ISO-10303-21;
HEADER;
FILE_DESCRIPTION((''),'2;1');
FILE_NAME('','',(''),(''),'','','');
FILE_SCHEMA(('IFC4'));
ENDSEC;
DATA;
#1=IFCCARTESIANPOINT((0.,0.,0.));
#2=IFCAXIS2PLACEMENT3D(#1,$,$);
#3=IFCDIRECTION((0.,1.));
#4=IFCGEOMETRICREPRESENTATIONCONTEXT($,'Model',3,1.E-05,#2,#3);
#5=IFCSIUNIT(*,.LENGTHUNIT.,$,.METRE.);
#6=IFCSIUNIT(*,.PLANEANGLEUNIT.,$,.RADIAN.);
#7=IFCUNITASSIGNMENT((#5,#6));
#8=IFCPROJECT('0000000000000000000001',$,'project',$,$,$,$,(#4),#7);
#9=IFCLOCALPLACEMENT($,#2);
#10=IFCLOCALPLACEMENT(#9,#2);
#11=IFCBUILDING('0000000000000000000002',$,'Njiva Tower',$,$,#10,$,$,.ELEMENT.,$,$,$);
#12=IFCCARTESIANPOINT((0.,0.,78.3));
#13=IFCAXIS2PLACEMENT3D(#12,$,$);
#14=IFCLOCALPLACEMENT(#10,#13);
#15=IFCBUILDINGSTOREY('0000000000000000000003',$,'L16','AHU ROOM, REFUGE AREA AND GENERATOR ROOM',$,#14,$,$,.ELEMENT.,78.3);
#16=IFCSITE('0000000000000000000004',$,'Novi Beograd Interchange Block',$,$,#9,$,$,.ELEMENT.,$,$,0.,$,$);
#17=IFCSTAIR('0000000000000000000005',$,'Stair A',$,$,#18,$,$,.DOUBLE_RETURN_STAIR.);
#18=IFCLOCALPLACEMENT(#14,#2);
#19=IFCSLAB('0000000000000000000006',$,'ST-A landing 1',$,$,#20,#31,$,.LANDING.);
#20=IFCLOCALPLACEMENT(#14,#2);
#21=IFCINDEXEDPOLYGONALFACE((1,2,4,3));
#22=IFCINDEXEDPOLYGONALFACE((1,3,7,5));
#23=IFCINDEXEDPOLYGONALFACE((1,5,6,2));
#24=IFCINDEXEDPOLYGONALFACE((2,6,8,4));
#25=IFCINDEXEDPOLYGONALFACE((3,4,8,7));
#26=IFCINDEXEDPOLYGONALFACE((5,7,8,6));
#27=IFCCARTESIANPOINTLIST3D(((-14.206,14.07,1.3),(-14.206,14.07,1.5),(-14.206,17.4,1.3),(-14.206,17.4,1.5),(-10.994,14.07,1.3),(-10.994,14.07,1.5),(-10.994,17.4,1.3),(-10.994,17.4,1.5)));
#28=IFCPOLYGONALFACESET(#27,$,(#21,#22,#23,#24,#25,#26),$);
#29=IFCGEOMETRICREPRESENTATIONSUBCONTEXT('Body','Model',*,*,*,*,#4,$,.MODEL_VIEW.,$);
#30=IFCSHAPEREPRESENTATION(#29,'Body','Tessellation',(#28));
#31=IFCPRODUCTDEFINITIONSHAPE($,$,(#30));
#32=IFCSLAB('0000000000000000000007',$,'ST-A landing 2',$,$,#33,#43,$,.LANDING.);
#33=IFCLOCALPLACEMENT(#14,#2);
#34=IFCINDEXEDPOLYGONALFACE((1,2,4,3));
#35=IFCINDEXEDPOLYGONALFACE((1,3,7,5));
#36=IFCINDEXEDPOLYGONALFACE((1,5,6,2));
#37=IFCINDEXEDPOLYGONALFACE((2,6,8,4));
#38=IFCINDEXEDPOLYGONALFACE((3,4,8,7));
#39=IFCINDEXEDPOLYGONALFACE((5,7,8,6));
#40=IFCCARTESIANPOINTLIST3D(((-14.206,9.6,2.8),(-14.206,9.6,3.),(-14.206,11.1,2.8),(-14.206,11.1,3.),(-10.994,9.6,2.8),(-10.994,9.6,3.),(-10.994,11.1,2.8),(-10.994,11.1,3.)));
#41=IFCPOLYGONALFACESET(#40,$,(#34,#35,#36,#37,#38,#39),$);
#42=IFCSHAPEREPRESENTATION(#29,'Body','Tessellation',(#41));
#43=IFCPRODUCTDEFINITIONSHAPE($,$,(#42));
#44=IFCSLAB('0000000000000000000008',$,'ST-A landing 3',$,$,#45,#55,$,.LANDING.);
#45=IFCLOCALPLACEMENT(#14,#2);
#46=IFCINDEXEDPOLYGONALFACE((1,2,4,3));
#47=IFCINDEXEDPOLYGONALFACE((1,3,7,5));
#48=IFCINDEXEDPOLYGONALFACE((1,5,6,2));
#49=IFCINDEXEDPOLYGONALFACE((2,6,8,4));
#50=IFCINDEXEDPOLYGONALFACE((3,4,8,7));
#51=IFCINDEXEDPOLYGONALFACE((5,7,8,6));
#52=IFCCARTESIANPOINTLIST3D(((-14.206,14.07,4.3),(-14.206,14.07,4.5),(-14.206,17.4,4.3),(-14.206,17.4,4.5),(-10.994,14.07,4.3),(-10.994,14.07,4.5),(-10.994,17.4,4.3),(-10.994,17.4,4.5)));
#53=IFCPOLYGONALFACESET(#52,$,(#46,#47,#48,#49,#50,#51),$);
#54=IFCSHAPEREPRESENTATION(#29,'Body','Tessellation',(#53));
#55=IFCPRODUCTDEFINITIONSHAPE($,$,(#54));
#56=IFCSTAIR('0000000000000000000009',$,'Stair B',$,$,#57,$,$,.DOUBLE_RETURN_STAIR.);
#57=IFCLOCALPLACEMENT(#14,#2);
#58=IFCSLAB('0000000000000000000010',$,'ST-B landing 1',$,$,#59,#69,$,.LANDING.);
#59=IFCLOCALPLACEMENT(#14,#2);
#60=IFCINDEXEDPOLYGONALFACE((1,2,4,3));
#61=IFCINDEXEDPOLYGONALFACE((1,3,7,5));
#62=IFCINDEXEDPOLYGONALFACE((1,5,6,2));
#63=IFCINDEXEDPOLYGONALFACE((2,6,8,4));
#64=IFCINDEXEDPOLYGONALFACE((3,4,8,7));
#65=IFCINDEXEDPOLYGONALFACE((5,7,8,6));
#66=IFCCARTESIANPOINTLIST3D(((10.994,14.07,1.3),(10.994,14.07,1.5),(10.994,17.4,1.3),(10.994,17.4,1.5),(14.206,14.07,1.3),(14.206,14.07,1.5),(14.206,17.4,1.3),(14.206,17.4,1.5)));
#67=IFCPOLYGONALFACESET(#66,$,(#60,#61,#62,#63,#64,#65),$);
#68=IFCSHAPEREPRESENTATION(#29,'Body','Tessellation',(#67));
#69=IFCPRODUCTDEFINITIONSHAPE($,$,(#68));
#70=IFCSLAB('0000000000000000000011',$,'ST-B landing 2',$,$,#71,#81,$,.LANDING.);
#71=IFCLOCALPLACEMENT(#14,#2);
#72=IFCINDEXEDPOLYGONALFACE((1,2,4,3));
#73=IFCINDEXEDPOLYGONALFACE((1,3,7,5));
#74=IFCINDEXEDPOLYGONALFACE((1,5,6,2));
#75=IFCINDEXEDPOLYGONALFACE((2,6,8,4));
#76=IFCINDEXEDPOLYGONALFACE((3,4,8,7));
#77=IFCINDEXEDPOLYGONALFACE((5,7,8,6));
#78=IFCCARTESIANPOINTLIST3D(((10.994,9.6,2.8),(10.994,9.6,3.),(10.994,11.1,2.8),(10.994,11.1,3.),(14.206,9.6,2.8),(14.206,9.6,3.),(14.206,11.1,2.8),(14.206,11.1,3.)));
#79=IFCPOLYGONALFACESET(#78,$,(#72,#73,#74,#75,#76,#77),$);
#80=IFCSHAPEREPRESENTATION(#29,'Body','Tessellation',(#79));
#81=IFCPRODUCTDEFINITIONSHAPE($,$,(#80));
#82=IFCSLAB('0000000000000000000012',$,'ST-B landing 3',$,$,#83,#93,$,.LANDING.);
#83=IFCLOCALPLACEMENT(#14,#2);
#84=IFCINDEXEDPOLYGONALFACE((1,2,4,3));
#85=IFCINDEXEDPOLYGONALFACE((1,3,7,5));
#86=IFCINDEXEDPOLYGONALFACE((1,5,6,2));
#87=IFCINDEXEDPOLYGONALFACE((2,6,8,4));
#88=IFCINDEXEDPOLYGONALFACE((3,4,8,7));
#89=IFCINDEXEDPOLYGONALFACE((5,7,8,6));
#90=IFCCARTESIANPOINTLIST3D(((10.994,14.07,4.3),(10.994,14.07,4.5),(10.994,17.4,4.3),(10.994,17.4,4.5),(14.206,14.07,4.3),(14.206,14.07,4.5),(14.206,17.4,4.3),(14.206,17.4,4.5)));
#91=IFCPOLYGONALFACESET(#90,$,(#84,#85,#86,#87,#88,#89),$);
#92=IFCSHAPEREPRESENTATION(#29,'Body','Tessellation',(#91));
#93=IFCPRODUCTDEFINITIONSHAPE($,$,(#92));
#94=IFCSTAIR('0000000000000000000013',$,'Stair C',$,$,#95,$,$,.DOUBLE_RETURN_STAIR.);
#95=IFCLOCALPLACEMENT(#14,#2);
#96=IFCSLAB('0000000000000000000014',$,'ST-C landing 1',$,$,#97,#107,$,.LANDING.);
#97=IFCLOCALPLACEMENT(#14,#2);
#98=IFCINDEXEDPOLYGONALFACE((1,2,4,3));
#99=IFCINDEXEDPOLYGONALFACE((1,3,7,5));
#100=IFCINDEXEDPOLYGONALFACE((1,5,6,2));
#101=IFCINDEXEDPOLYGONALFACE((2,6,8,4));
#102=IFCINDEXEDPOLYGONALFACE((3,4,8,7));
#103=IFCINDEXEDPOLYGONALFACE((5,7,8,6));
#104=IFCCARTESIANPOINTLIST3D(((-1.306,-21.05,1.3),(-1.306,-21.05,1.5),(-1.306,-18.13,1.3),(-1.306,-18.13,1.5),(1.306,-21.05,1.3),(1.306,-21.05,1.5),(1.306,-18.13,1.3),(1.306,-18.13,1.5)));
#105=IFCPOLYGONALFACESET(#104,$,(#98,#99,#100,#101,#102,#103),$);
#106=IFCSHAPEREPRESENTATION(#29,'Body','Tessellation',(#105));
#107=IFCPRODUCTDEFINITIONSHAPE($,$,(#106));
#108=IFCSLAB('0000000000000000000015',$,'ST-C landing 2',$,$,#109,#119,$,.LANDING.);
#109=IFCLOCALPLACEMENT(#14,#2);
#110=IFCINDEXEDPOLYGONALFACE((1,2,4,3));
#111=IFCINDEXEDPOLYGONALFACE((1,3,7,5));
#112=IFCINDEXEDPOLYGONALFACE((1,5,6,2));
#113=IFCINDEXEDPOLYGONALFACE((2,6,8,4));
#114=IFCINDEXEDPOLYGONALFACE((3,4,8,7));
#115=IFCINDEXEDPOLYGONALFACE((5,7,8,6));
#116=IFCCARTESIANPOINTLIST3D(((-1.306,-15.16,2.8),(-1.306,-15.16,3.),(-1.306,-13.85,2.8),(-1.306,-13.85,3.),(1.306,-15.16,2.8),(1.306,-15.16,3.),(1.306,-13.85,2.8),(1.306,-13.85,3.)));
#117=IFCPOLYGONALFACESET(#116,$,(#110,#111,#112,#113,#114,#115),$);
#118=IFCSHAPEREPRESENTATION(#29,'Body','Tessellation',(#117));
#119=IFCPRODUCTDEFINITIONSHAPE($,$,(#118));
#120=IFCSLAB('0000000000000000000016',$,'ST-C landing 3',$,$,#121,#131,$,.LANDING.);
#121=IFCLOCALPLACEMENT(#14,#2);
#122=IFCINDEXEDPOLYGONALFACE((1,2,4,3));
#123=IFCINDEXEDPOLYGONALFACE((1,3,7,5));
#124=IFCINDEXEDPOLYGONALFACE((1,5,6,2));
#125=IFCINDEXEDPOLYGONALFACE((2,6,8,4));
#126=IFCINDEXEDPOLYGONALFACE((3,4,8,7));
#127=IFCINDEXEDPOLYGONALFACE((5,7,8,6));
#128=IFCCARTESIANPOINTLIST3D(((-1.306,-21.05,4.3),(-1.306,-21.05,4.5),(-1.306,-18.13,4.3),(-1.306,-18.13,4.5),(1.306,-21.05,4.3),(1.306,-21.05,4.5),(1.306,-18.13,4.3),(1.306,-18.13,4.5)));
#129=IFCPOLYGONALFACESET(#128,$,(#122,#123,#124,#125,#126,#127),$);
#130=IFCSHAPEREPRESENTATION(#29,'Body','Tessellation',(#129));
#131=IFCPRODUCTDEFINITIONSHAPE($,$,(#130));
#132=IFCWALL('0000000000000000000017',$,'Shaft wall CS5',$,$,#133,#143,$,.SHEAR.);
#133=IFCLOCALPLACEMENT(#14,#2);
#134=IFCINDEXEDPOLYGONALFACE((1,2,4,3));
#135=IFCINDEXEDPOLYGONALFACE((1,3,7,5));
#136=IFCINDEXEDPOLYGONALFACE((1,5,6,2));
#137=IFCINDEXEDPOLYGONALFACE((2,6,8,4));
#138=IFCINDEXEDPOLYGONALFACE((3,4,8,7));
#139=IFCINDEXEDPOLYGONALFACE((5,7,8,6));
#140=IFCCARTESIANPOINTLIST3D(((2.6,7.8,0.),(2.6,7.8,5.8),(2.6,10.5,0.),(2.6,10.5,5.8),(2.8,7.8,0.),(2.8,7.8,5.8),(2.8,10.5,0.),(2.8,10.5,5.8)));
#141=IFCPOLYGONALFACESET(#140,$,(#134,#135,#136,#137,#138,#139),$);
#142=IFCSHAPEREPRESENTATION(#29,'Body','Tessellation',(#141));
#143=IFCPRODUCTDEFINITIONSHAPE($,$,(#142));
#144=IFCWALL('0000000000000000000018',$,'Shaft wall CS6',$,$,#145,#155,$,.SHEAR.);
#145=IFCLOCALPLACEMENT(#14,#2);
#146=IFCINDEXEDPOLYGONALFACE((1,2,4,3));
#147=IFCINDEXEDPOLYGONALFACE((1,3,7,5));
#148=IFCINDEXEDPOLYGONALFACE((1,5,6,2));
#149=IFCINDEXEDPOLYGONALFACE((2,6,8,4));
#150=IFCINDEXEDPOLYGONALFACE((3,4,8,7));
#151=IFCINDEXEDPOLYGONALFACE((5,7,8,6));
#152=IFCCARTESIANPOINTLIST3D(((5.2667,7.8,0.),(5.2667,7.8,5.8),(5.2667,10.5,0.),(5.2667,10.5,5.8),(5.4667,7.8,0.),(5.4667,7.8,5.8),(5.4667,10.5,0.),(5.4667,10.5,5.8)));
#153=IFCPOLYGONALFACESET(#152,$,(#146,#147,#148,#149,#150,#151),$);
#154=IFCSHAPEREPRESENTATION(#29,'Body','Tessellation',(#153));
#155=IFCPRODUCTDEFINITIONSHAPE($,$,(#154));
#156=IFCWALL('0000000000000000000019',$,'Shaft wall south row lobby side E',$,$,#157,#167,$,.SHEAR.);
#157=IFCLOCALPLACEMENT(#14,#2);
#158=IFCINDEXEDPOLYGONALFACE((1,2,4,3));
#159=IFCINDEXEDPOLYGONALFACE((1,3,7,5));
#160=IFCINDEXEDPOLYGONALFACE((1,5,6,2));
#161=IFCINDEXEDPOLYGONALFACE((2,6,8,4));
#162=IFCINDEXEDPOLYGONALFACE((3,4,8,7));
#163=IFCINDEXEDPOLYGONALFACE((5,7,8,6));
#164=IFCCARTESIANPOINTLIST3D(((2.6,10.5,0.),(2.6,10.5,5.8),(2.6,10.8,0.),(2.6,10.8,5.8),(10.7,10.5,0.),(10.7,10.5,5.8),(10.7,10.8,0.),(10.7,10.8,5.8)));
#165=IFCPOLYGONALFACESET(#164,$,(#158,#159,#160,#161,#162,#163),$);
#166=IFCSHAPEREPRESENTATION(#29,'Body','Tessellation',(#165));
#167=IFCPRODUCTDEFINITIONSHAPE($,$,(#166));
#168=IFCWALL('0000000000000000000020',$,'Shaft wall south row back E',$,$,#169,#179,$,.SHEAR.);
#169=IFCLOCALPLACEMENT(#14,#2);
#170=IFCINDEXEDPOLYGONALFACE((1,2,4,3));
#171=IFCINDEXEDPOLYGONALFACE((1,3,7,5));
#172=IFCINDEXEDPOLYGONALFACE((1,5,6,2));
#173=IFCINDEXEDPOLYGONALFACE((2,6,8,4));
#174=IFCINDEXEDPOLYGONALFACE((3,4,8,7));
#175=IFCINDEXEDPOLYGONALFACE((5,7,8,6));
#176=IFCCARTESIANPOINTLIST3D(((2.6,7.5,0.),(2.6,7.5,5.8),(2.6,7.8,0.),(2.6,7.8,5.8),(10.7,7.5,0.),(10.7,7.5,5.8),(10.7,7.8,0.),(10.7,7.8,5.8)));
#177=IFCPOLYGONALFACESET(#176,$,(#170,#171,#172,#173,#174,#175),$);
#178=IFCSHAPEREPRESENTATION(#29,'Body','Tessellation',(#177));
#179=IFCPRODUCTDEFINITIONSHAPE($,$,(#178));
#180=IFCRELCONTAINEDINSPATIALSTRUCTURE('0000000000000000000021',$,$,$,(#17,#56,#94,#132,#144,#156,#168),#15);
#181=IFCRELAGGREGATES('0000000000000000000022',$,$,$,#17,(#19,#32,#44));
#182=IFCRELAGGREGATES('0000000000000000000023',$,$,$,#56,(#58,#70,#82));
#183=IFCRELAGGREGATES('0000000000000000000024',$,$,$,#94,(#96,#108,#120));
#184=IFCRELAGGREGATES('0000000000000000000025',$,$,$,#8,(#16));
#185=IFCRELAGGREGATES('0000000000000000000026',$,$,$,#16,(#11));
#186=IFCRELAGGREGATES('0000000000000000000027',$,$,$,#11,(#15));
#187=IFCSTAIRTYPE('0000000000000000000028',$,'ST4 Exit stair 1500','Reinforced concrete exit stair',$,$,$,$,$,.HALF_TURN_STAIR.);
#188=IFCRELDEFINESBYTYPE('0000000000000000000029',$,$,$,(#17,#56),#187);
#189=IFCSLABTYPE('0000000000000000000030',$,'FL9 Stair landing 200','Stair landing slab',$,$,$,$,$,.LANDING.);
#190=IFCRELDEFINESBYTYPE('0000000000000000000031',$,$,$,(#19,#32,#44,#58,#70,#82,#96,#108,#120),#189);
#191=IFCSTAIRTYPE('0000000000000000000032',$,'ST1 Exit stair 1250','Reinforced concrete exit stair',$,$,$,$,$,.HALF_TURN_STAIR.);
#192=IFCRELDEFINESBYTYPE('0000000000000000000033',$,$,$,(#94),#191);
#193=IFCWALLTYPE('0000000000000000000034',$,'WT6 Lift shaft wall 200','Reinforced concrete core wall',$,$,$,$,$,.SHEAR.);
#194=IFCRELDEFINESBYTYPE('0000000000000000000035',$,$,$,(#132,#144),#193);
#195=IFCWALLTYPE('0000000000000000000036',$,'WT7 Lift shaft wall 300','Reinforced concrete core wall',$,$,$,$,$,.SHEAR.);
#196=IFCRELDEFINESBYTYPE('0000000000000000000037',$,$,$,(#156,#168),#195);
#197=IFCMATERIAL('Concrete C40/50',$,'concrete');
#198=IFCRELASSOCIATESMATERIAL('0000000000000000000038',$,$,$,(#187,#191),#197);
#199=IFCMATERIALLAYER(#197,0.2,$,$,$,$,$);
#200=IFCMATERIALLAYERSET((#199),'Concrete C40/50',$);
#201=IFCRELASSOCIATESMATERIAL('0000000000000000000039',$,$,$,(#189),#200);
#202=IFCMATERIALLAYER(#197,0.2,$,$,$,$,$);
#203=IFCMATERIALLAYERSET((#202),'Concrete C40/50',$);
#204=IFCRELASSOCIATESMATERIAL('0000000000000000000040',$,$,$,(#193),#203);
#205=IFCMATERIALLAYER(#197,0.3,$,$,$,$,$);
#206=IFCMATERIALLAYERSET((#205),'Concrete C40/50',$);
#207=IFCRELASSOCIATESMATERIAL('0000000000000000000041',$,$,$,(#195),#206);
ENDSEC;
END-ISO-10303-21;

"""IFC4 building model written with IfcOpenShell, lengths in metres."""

from ifc_helpers import new_model, si_unit, direction, frame, frame_2d, origin, place, context, subcontext, project, spatial, polyline, rectangle, outline, extrude, material, layer, layer_set, type_object, element, aggregate, save


model = new_model("IFC4")

# Units and contexts
model_context = context("Model", 3, precision=1e-05, world=origin(), true_north=direction((0.0, 1.0)))
body_context = subcontext(model_context, "Body", "Model", "MODEL_VIEW")
ifc_project = project(units=[si_unit("LENGTHUNIT", "METRE"), si_unit("PLANEANGLEUNIT", "RADIAN")], contexts=[model_context])

# Site, building, storey
site_placement = place(None, origin())
site = spatial("IfcSite", under=ifc_project, at=site_placement, Name="Novi Beograd Interchange Block", CompositionType="ELEMENT", RefElevation=0.0)
building_placement = place(site_placement, origin())
building = spatial("IfcBuilding", under=site, at=building_placement, Name="Njiva Tower", CompositionType="ELEMENT")
storey_placement = place(building_placement, frame((0.0, 0.0, 78.3)))
storey = spatial("IfcBuildingStorey", under=building, at=storey_placement, Name="L16", Description="AHU ROOM, REFUGE AREA AND GENERATOR ROOM", CompositionType="ELEMENT", Elevation=78.3)

# Stairs, slabs
ifc_material = material(Name="Concrete C40/50", Category="concrete")
stair_type_1 = type_object("IfcStairType", Name="ST4 Exit stair 1500", Description="Reinforced concrete exit stair", PredefinedType="HALF_TURN_STAIR", material=ifc_material)
stair_1_placement = place(storey_placement, origin())
stair_1 = element("IfcStair", 1, at=stair_1_placement, inside=storey, type_object=stair_type_1, Name="Stair A", PredefinedType="DOUBLE_RETURN_STAIR")
ifc_layer_1 = layer(ifc_material, 0.2)
ifc_layer_set_1 = layer_set([ifc_layer_1], Name="Concrete C40/50")
slab_type = type_object("IfcSlabType", Name="FL9 Stair landing 200", Description="Stair landing slab", PredefinedType="LANDING", material=ifc_layer_set_1)
slab_1_placement = place(storey_placement, frame((0.0, 0.0, 1.3)))
slab_1 = element("IfcSlab", 2, at=slab_1_placement, type_object=slab_type, Name="ST-A landing 1", PredefinedType="LANDING", context=body_context, shape_type="SweptSolid", body=[
    extrude(outline(polyline([(-14.206, 14.07), (-10.994, 14.07), (-10.994, 17.4), (-14.206, 17.4), (-14.206, 14.07)])), origin(), (0.0, 0.0, 1.0), 0.2),
])
slab_2_placement = place(storey_placement, frame((0.0, 0.0, 2.8)))
slab_2 = element("IfcSlab", 3, at=slab_2_placement, type_object=slab_type, Name="ST-A landing 2", PredefinedType="LANDING", context=body_context, shape_type="SweptSolid", body=[
    extrude(outline(polyline([(-14.206, 9.6), (-10.994, 9.6), (-10.994, 11.1), (-14.206, 11.1), (-14.206, 9.6)])), origin(), (0.0, 0.0, 1.0), 0.2),
])
slab_3_placement = place(storey_placement, frame((0.0, 0.0, 4.3)))
slab_3 = element("IfcSlab", 4, at=slab_3_placement, type_object=slab_type, Name="ST-A landing 3", PredefinedType="LANDING", context=body_context, shape_type="SweptSolid", body=[
    extrude(outline(polyline([(-14.206, 14.07), (-10.994, 14.07), (-10.994, 17.4), (-14.206, 17.4), (-14.206, 14.07)])), origin(), (0.0, 0.0, 1.0), 0.2),
])
aggregate(stair_1, [slab_1, slab_2, slab_3])
stair_2_placement = place(storey_placement, origin())
stair_2 = element("IfcStair", 5, at=stair_2_placement, inside=storey, type_object=stair_type_1, Name="Stair B", PredefinedType="DOUBLE_RETURN_STAIR")
slab_4_placement = place(storey_placement, frame((0.0, 0.0, 1.3)))
slab_4 = element("IfcSlab", 6, at=slab_4_placement, type_object=slab_type, Name="ST-B landing 1", PredefinedType="LANDING", context=body_context, shape_type="SweptSolid", body=[
    extrude(outline(polyline([(10.994, 14.07), (14.206, 14.07), (14.206, 17.4), (10.994, 17.4), (10.994, 14.07)])), origin(), (0.0, 0.0, 1.0), 0.2),
])
slab_5_placement = place(storey_placement, frame((0.0, 0.0, 2.8)))
slab_5 = element("IfcSlab", 7, at=slab_5_placement, type_object=slab_type, Name="ST-B landing 2", PredefinedType="LANDING", context=body_context, shape_type="SweptSolid", body=[
    extrude(outline(polyline([(10.994, 9.6), (14.206, 9.6), (14.206, 11.1), (10.994, 11.1), (10.994, 9.6)])), origin(), (0.0, 0.0, 1.0), 0.2),
])
slab_6_placement = place(storey_placement, frame((0.0, 0.0, 4.3)))
slab_6 = element("IfcSlab", 8, at=slab_6_placement, type_object=slab_type, Name="ST-B landing 3", PredefinedType="LANDING", context=body_context, shape_type="SweptSolid", body=[
    extrude(outline(polyline([(10.994, 14.07), (14.206, 14.07), (14.206, 17.4), (10.994, 17.4), (10.994, 14.07)])), origin(), (0.0, 0.0, 1.0), 0.2),
])
aggregate(stair_2, [slab_4, slab_5, slab_6])
stair_type_2 = type_object("IfcStairType", Name="ST1 Exit stair 1250", Description="Reinforced concrete exit stair", PredefinedType="HALF_TURN_STAIR", material=ifc_material)
stair_3_placement = place(storey_placement, origin())
stair_3 = element("IfcStair", 9, at=stair_3_placement, inside=storey, type_object=stair_type_2, Name="Stair C", PredefinedType="DOUBLE_RETURN_STAIR")
slab_7_placement = place(storey_placement, frame((0.0, 0.0, 1.3)))
slab_7 = element("IfcSlab", 10, at=slab_7_placement, type_object=slab_type, Name="ST-C landing 1", PredefinedType="LANDING", context=body_context, shape_type="SweptSolid", body=[
    extrude(outline(polyline([(-1.306, -21.05), (1.306, -21.05), (1.306, -18.13), (-1.306, -18.13), (-1.306, -21.05)])), origin(), (0.0, 0.0, 1.0), 0.2),
])
slab_8_placement = place(storey_placement, frame((0.0, 0.0, 2.8)))
slab_8 = element("IfcSlab", 11, at=slab_8_placement, type_object=slab_type, Name="ST-C landing 2", PredefinedType="LANDING", context=body_context, shape_type="SweptSolid", body=[
    extrude(outline(polyline([(-1.306, -15.16), (1.306, -15.16), (1.306, -13.85), (-1.306, -13.85), (-1.306, -15.16)])), origin(), (0.0, 0.0, 1.0), 0.2),
])
slab_9_placement = place(storey_placement, frame((0.0, 0.0, 4.3)))
slab_9 = element("IfcSlab", 12, at=slab_9_placement, type_object=slab_type, Name="ST-C landing 3", PredefinedType="LANDING", context=body_context, shape_type="SweptSolid", body=[
    extrude(outline(polyline([(-1.306, -21.05), (1.306, -21.05), (1.306, -18.13), (-1.306, -18.13), (-1.306, -21.05)])), origin(), (0.0, 0.0, 1.0), 0.2),
])
aggregate(stair_3, [slab_7, slab_8, slab_9])

# Walls
ifc_layer_2 = layer(ifc_material, 0.2)
ifc_layer_set_2 = layer_set([ifc_layer_2], Name="Concrete C40/50")
wall_type_1 = type_object("IfcWallType", Name="WT6 Lift shaft wall 200", Description="Reinforced concrete core wall", PredefinedType="SHEAR", material=ifc_layer_set_2)
for number, where, z_axis, x_axis, name in (
    (13, (2.7, 7.8, 0.0), (0.0, 0.0, 1.0), (0.0, 1.0, 0.0), "Shaft wall CS5"),
    (14, (5.3667, 7.8, 0.0), (0.0, 0.0, 1.0), (0.0, 1.0, 0.0), "Shaft wall CS6"),
):
    element("IfcWall", number, at=place(storey_placement, frame(where, z_axis=z_axis, x_axis=x_axis)), inside=storey, type_object=wall_type_1, Name=name, PredefinedType="SHEAR", context=body_context, shape_type="SweptSolid", body=[
        extrude(rectangle(XDim=2.7, YDim=0.2, at=frame_2d((1.35, 0.0))), origin(), (0.0, 0.0, 1.0), 5.8),
    ])
ifc_layer_3 = layer(ifc_material, 0.3)
ifc_layer_set_3 = layer_set([ifc_layer_3], Name="Concrete C40/50")
wall_type_2 = type_object("IfcWallType", Name="WT7 Lift shaft wall 300", Description="Reinforced concrete core wall", PredefinedType="SHEAR", material=ifc_layer_set_3)
for number, where, z_axis, x_axis, name in (
    (15, (2.6, 10.65, 0.0), (0.0, 0.0, 1.0), (1.0, 0.0, 0.0), "Shaft wall south row lobby side E"),
    (16, (2.6, 7.65, 0.0), (0.0, 0.0, 1.0), (1.0, 0.0, 0.0), "Shaft wall south row back E"),
):
    element("IfcWall", number, at=place(storey_placement, frame(where, z_axis=z_axis, x_axis=x_axis)), inside=storey, type_object=wall_type_2, Name=name, PredefinedType="SHEAR", context=body_context, shape_type="SweptSolid", body=[
        extrude(rectangle(XDim=8.1, YDim=0.3, at=frame_2d((4.05, 0.0))), origin(), (0.0, 0.0, 1.0), 5.8),
    ])

save(model, "model.ifc")
